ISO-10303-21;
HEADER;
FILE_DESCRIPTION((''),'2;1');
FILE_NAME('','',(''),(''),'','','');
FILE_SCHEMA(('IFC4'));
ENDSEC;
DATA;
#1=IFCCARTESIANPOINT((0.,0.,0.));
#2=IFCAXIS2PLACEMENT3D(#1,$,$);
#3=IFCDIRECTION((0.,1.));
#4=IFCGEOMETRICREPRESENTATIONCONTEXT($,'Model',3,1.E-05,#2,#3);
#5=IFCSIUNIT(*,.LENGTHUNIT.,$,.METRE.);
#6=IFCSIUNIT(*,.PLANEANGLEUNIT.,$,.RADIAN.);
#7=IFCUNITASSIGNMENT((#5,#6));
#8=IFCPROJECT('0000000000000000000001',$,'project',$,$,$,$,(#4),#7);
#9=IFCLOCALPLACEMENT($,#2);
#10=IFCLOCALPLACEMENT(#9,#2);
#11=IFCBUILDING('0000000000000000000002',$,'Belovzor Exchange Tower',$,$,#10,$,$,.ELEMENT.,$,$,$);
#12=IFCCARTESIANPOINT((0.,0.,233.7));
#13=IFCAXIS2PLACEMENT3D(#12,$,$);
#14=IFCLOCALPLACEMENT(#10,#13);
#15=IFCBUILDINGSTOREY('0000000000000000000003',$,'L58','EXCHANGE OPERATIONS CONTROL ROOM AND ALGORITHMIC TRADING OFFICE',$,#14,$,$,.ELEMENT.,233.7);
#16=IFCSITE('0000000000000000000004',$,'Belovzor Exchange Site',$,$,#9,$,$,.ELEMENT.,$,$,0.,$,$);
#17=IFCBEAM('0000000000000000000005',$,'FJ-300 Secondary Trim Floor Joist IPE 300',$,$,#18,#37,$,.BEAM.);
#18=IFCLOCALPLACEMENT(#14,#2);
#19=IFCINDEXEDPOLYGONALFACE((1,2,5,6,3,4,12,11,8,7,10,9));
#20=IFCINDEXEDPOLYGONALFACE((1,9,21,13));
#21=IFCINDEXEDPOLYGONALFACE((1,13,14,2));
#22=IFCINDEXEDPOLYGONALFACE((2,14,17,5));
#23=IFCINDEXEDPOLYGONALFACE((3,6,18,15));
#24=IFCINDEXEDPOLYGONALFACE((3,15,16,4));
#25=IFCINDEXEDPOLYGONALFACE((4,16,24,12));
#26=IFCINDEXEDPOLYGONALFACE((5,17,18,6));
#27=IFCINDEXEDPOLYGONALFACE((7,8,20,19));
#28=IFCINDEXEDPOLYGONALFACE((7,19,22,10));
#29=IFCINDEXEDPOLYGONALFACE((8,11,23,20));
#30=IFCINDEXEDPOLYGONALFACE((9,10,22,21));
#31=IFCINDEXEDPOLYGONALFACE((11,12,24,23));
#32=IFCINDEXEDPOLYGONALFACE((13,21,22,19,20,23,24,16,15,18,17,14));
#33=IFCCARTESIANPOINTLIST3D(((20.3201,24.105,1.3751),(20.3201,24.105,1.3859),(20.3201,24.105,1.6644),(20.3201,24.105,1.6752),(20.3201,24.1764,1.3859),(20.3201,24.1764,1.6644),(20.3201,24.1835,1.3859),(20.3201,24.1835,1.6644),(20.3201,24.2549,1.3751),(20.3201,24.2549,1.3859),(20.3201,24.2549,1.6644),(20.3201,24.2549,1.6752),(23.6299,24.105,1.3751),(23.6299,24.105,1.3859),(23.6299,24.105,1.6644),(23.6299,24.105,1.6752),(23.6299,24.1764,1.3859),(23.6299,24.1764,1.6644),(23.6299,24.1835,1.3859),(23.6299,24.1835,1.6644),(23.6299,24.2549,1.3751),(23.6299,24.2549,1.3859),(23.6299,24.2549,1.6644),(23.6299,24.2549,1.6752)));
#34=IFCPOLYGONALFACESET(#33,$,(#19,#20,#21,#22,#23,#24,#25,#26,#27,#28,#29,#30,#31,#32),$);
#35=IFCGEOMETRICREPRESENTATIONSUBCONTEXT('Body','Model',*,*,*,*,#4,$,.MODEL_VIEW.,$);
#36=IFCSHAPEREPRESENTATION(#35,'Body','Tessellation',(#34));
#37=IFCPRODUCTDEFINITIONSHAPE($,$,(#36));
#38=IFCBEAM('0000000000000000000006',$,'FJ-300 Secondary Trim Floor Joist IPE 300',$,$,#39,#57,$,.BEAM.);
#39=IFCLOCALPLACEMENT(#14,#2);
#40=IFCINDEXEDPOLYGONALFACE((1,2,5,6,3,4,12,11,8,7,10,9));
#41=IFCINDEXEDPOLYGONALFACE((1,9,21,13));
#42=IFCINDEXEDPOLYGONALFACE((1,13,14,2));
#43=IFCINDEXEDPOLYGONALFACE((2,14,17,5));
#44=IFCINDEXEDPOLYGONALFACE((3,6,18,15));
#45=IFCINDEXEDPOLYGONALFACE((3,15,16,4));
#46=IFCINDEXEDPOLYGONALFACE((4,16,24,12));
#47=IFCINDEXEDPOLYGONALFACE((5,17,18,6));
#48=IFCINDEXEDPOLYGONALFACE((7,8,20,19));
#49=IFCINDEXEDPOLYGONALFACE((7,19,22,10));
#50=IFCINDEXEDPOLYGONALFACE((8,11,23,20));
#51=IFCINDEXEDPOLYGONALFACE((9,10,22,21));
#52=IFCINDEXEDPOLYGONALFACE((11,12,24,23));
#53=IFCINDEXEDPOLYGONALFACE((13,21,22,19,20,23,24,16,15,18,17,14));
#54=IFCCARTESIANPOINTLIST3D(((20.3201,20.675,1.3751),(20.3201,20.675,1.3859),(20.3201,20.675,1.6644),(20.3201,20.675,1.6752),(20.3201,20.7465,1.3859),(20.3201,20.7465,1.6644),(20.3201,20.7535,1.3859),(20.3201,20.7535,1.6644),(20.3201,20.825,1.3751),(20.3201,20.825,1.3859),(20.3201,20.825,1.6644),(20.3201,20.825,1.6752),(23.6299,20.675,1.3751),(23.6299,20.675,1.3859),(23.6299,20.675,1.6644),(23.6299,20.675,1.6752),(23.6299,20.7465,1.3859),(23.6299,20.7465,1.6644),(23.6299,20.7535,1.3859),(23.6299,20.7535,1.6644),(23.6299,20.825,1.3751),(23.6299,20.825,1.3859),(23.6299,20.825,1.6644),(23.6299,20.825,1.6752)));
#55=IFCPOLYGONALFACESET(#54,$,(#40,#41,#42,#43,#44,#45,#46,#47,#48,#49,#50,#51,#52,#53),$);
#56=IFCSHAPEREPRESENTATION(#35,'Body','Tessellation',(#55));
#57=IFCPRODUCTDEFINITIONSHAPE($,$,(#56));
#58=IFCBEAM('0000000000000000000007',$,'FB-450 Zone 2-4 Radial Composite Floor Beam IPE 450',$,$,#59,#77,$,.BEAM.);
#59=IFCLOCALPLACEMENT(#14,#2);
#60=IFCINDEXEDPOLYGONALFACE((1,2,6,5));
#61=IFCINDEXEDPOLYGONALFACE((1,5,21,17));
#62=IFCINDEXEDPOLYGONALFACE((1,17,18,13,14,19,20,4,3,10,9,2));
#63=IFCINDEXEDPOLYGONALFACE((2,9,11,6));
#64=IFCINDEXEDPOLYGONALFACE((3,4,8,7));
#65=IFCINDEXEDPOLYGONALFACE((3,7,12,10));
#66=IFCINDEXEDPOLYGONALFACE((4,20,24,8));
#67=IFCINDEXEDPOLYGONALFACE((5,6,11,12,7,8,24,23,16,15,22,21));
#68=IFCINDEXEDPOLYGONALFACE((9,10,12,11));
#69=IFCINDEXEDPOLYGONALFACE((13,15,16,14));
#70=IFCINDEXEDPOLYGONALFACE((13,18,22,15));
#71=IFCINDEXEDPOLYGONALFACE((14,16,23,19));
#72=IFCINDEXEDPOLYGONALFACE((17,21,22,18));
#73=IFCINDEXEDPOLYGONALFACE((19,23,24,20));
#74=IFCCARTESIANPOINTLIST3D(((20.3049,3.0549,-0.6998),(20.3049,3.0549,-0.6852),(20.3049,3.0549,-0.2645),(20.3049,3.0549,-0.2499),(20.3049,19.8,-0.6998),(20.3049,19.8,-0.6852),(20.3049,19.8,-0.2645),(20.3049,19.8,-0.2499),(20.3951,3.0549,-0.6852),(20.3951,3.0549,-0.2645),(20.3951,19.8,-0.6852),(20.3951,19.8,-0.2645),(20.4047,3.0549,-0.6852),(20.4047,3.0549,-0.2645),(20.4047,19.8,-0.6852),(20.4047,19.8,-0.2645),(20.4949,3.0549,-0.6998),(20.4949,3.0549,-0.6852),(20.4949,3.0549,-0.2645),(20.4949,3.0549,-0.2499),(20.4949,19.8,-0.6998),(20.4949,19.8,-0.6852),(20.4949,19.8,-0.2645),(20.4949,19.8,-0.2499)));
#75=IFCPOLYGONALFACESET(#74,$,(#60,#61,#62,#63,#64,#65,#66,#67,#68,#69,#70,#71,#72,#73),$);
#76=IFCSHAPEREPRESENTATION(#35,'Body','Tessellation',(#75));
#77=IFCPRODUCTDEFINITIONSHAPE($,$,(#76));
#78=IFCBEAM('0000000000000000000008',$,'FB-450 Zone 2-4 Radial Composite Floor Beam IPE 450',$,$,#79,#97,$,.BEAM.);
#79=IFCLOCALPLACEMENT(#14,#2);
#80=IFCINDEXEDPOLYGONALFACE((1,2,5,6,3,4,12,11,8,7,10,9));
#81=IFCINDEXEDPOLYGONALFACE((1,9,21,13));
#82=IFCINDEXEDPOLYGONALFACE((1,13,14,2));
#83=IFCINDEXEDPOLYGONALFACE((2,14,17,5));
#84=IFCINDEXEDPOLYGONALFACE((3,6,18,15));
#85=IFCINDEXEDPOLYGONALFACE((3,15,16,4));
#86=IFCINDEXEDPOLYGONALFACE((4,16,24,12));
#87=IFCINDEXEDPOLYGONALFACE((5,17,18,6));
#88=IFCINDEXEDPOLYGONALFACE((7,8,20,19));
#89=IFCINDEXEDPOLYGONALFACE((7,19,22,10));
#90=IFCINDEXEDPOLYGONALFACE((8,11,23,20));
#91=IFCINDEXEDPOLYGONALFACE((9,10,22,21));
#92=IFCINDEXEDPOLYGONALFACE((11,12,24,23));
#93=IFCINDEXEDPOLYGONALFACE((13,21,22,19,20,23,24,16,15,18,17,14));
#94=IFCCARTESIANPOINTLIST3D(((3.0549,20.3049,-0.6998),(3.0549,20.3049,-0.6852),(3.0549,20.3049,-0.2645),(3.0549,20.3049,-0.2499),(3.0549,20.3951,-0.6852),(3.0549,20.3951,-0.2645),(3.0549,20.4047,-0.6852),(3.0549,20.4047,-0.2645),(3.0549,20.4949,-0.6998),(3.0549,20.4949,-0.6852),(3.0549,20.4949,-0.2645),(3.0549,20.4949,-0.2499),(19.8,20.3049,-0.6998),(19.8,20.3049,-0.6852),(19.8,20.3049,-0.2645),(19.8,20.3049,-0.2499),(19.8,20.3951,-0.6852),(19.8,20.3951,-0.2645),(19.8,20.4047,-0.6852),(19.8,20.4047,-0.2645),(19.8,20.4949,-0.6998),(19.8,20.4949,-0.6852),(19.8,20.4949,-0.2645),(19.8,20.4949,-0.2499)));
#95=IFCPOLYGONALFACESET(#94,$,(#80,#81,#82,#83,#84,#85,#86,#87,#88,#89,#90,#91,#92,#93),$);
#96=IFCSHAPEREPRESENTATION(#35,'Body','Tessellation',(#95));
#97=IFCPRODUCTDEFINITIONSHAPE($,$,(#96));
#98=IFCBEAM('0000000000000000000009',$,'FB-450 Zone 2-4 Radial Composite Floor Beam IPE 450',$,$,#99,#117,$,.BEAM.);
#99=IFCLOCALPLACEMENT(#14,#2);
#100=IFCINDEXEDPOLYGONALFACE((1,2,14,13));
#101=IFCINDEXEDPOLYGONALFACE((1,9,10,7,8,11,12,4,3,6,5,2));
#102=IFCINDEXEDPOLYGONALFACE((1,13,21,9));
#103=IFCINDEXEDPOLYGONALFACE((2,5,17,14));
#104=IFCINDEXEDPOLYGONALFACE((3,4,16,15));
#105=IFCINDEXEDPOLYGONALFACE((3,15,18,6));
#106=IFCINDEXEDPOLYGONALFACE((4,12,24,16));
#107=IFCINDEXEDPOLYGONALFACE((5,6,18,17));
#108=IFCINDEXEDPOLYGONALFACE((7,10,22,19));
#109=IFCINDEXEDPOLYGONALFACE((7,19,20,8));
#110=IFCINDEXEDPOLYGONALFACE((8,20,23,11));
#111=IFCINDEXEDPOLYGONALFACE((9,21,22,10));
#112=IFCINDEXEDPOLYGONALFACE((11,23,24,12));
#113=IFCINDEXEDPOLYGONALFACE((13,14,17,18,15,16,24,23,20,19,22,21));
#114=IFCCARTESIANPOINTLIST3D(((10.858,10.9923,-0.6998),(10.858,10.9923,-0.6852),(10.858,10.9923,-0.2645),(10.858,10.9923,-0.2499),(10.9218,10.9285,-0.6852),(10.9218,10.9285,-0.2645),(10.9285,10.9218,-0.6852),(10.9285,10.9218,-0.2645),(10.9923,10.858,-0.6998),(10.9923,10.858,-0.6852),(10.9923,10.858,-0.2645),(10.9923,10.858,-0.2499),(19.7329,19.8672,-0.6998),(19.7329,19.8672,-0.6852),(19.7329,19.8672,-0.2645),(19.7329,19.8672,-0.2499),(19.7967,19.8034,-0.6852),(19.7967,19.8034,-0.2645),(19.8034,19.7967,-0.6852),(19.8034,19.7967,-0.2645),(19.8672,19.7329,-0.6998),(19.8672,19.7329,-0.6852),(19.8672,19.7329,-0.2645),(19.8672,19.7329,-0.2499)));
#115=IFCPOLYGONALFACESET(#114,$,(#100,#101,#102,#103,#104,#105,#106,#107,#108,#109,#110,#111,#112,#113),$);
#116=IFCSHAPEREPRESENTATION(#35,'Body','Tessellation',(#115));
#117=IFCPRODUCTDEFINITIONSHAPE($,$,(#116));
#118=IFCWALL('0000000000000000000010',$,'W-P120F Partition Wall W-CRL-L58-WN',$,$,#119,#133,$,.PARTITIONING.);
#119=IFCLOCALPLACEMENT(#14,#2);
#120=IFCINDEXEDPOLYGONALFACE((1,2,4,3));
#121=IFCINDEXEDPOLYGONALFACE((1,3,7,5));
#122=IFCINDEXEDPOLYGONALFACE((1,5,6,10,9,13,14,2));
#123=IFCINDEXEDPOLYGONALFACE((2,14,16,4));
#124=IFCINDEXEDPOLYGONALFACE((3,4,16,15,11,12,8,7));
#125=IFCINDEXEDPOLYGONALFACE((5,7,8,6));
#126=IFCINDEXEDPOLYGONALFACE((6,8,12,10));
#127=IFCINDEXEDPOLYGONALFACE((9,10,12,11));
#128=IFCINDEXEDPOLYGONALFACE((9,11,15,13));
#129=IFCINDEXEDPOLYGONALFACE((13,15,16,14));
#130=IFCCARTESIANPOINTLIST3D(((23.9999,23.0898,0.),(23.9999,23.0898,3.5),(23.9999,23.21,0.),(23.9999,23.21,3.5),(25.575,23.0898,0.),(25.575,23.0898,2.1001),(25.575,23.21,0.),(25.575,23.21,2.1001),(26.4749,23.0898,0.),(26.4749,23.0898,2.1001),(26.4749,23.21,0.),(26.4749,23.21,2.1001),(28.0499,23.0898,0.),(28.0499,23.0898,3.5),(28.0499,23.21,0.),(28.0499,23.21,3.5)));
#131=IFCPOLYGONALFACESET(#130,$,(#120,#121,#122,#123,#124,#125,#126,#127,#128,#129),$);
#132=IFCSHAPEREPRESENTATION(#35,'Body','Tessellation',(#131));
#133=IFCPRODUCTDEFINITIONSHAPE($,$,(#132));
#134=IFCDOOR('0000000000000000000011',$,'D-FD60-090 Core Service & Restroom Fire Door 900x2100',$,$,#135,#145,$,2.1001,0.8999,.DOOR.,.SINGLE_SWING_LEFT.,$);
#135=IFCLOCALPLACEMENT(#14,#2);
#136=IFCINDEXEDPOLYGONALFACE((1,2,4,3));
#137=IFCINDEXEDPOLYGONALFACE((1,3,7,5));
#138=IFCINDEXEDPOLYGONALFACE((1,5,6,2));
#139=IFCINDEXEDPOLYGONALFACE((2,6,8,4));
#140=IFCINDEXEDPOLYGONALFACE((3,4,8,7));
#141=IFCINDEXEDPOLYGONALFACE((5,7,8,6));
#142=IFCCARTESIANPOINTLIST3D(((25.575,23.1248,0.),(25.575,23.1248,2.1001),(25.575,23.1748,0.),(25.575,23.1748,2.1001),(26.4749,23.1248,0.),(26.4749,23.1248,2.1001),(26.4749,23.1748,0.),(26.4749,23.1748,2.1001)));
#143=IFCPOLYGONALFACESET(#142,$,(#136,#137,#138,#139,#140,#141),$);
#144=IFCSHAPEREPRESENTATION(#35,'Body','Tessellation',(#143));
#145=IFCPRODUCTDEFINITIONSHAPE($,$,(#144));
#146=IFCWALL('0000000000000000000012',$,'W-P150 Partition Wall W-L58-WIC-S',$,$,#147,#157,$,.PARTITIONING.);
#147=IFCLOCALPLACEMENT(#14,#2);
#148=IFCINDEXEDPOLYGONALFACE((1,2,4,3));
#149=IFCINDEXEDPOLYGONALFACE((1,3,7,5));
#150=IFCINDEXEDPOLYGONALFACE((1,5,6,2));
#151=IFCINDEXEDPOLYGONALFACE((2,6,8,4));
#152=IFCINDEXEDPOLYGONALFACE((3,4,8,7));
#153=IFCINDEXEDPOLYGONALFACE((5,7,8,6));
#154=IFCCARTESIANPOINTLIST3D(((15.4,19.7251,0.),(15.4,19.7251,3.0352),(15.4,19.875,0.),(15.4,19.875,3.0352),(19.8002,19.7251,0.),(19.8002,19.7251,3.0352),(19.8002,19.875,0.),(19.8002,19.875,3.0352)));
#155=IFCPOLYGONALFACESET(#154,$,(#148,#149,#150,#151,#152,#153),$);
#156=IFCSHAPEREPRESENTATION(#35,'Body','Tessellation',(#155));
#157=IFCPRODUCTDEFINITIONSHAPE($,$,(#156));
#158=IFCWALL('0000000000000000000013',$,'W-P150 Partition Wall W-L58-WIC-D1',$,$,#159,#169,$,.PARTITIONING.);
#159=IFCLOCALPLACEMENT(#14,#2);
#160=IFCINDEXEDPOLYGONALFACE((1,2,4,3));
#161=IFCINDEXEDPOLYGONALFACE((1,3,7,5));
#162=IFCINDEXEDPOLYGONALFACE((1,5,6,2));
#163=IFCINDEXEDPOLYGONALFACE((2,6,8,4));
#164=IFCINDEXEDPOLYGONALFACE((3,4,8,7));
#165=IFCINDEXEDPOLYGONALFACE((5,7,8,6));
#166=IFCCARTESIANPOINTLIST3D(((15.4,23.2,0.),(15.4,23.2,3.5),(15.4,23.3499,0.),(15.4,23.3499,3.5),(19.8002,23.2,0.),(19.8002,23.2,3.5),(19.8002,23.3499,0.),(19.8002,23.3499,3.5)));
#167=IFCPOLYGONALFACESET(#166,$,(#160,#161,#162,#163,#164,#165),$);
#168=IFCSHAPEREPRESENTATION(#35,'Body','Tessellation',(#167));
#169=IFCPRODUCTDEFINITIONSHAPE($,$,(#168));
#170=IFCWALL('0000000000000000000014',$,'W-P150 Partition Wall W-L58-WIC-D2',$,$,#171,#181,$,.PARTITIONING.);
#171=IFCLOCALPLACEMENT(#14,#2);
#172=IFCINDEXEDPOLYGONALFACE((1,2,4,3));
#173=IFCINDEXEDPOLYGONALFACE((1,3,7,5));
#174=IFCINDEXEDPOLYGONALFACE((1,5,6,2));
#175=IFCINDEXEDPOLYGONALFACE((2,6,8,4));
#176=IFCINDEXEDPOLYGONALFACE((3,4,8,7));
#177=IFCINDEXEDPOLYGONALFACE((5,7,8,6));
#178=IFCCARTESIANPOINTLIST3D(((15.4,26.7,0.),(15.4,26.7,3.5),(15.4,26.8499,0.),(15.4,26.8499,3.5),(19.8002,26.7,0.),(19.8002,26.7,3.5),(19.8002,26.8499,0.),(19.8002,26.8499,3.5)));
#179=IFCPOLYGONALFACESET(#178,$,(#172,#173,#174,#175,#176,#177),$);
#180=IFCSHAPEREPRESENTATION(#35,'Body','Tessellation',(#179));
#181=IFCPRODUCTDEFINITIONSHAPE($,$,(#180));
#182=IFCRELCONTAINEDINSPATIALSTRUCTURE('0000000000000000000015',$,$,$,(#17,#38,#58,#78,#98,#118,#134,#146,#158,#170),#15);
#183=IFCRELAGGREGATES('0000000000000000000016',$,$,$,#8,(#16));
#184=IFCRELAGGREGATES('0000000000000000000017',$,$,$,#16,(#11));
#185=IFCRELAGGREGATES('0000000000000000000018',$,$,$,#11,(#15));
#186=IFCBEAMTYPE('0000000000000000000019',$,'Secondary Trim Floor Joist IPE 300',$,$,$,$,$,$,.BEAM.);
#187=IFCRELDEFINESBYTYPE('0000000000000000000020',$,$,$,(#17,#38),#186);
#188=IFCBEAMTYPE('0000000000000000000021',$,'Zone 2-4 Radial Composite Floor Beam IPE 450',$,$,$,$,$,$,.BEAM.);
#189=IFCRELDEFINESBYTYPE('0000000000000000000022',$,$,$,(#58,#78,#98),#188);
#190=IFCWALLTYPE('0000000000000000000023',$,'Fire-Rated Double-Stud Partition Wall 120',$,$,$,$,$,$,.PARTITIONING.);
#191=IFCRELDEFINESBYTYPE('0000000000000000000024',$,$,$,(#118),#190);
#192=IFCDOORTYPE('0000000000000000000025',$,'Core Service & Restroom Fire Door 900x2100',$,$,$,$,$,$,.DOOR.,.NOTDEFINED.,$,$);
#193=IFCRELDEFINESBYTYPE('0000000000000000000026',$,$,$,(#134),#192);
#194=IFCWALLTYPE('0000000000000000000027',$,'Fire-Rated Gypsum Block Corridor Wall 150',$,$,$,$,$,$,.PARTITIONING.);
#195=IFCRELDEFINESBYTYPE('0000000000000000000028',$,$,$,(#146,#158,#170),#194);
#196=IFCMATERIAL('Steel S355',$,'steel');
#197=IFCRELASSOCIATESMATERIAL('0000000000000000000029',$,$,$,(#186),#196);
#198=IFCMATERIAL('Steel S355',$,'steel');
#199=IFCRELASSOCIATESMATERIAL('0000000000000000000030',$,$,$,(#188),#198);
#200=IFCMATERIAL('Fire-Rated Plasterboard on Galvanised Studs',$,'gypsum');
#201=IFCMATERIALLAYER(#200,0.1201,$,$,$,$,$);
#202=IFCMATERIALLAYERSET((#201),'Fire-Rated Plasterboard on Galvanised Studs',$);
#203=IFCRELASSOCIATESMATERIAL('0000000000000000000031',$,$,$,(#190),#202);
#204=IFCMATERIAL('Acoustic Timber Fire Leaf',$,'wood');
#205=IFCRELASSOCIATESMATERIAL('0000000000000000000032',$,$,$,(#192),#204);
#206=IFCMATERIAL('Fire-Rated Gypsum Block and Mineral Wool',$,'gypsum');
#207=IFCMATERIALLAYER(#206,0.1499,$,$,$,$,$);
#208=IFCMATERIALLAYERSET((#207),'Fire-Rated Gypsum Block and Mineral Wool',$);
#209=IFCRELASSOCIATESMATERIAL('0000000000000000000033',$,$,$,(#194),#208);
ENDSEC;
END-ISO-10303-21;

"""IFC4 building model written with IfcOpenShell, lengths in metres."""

from ifc_helpers import new_model, si_unit, direction, frame, frame_2d, origin, origin_2d, place, context, subcontext, project, spatial, rectangle, i_section, extrude, material, layer, layer_set, material_profile, profile_set, type_object, element, fill, save


model = new_model("IFC4")

# Units and contexts
model_context = context("Model", 3, precision=1e-05, world=origin(), true_north=direction((0.0, 1.0)))
body_context = subcontext(model_context, "Body", "Model", "MODEL_VIEW")
ifc_project = project(units=[si_unit("LENGTHUNIT", "METRE"), si_unit("PLANEANGLEUNIT", "RADIAN")], contexts=[model_context])

# Site, building, storey
site_placement = place(None, origin())
site = spatial("IfcSite", under=ifc_project, at=site_placement, Name="Belovzor Exchange Site", CompositionType="ELEMENT", RefElevation=0.0)
building_placement = place(site_placement, origin())
building = spatial("IfcBuilding", under=site, at=building_placement, Name="Belovzor Exchange Tower", CompositionType="ELEMENT")
storey_placement = place(building_placement, frame((0.0, 0.0, 233.7)))
storey = spatial("IfcBuildingStorey", under=building, at=storey_placement, Name="L58", Description="EXCHANGE OPERATIONS CONTROL ROOM AND ALGORITHMIC TRADING OFFICE", CompositionType="ELEMENT", Elevation=233.7)

# Beams
ifc_material_1 = material(Name="Steel S355", Category="steel")
ifc_material_profile_1 = material_profile(ifc_material_1, i_section(OverallWidth=0.1499, OverallDepth=0.3, WebThickness=0.0071, FlangeThickness=0.0107, at=origin_2d()))
ifc_profile_set_1 = profile_set([ifc_material_profile_1], Name="Steel S355")
beam_type_1 = type_object("IfcBeamType", Name="Secondary Trim Floor Joist IPE 300", PredefinedType="BEAM", material=ifc_profile_set_1)
for number, where, z_axis, x_axis, name in (
    (1, (20.3201, 24.1799, 1.5251), (1.0, 0.0, 0.0), (0.0, 1.0, 0.0), "FJ-300 Secondary Trim Floor Joist IPE 300"),
    (2, (20.3201, 20.75, 1.5251), (1.0, 0.0, 0.0), (0.0, 1.0, 0.0), "FJ-300 Secondary Trim Floor Joist IPE 300"),
):
    element("IfcBeam", number, at=place(storey_placement, frame(where, z_axis=z_axis, x_axis=x_axis)), inside=storey, type_object=beam_type_1, Name=name, PredefinedType="BEAM", context=body_context, shape_type="SweptSolid", body=[
        extrude(i_section(OverallWidth=0.1499, OverallDepth=0.3, WebThickness=0.0071, FlangeThickness=0.0107, at=origin_2d()), origin(), (0.0, 0.0, 1.0), 3.3098),
    ])
ifc_material_2 = material(Name="Steel S355", Category="steel")
ifc_material_profile_2 = material_profile(ifc_material_2, i_section(OverallWidth=0.1899, OverallDepth=0.45, WebThickness=0.0095, FlangeThickness=0.0146, at=origin_2d()))
ifc_profile_set_2 = profile_set([ifc_material_profile_2], Name="Steel S355")
beam_type_2 = type_object("IfcBeamType", Name="Zone 2-4 Radial Composite Floor Beam IPE 450", PredefinedType="BEAM", material=ifc_profile_set_2)
for number, where, z_axis, x_axis, name in (
    (3, (20.3999, 19.8, -0.4749), (0.0, -1.0, 0.0), (1.0, 0.0, 0.0), "FB-450 Zone 2-4 Radial Composite Floor Beam IPE 450"),
    (4, (19.8, 20.3999, -0.4749), (-1.0, 0.0, 0.0), (0.0, -1.0, 0.0), "FB-450 Zone 2-4 Radial Composite Floor Beam IPE 450"),
):
    element("IfcBeam", number, at=place(storey_placement, frame(where, z_axis=z_axis, x_axis=x_axis)), inside=storey, type_object=beam_type_2, Name=name, PredefinedType="BEAM", context=body_context, shape_type="SweptSolid", body=[
        extrude(i_section(OverallWidth=0.1899, OverallDepth=0.45, WebThickness=0.0095, FlangeThickness=0.0146, at=origin_2d()), origin(), (0.0, 0.0, 1.0), 16.7451),
    ])
beam_placement = place(storey_placement, frame((19.8, 19.8, -0.4749), z_axis=(-0.707107, -0.707107, 0.0), x_axis=(0.707107, -0.707107, 0.0)))
element("IfcBeam", 5, at=beam_placement, inside=storey, type_object=beam_type_2, Name="FB-450 Zone 2-4 Radial Composite Floor Beam IPE 450", PredefinedType="BEAM", context=body_context, shape_type="SweptSolid", body=[
    extrude(i_section(OverallWidth=0.1899, OverallDepth=0.45, WebThickness=0.0095, FlangeThickness=0.0146, at=origin_2d()), origin(), (0.0, 0.0, 1.0), 12.551),
])

# Wall, opening, door
ifc_material_3 = material(Name="Fire-Rated Plasterboard on Galvanised Studs", Category="gypsum")
ifc_layer_1 = layer(ifc_material_3, 0.1201)
ifc_layer_set_1 = layer_set([ifc_layer_1], Name="Fire-Rated Plasterboard on Galvanised Studs")
wall_type_1 = type_object("IfcWallType", Name="Fire-Rated Double-Stud Partition Wall 120", PredefinedType="PARTITIONING", material=ifc_layer_set_1)
wall_1_placement = place(storey_placement, frame((24.0, 23.1499, 0.0), z_axis=(0.0, 0.0, 1.0), x_axis=(1.0, 0.0, 0.0)))
wall_1 = element("IfcWall", 6, at=wall_1_placement, inside=storey, type_object=wall_type_1, Name="W-P120F Partition Wall W-CRL-L58-WN", PredefinedType="PARTITIONING", context=body_context, shape_type="SweptSolid", body=[
    extrude(rectangle(XDim=4.05, YDim=0.1201, at=frame_2d((2.0249, 0.0))), origin(), (0.0, 0.0, 1.0), 3.5),
])
opening_1_placement = place(wall_1_placement, frame((1.575, 0.0, 0.0)))
opening_1 = element("IfcOpeningElement", 7, at=opening_1_placement, cuts=wall_1, PredefinedType="OPENING", context=body_context, shape_type="SweptSolid", body=[
    extrude(rectangle(XDim=0.8999, YDim=2.1001, at=frame_2d((0.45, 1.05))), frame((0.0, 0.0701, 0.0), z_axis=(0.0, -1.0, 0.0), x_axis=(1.0, 0.0, 0.0)), (0.0, 0.0, 1.0), 0.1401),
])
ifc_material_4 = material(Name="Acoustic Timber Fire Leaf", Category="wood")
door_type_1 = type_object("IfcDoorType", Name="Core Service & Restroom Fire Door 900x2100", OperationType="NOTDEFINED", PredefinedType="DOOR", material=ifc_material_4)
door_1_placement = place(opening_1_placement, origin())
door_1 = element("IfcDoor", 8, at=door_1_placement, inside=storey, type_object=door_type_1, Name="D-FD60-090 Core Service & Restroom Fire Door 900x2100", OperationType="SINGLE_SWING_LEFT", OverallHeight=2.1001, OverallWidth=0.8999, PredefinedType="DOOR", context=body_context, shape_type="SweptSolid", body=[
    extrude(rectangle(XDim=0.8999, YDim=2.1001, at=frame_2d((0.45, 1.05))), frame((0.0, 0.0249, 0.0), z_axis=(0.0, -1.0, 0.0), x_axis=(1.0, 0.0, 0.0)), (0.0, 0.0, 1.0), 0.05),
])
fill(opening_1, door_1)

# Walls
ifc_material_5 = material(Name="Fire-Rated Gypsum Block and Mineral Wool", Category="gypsum")
ifc_layer_2 = layer(ifc_material_5, 0.1499)
ifc_layer_set_2 = layer_set([ifc_layer_2], Name="Fire-Rated Gypsum Block and Mineral Wool")
wall_type_2 = type_object("IfcWallType", Name="Fire-Rated Gypsum Block Corridor Wall 150", PredefinedType="PARTITIONING", material=ifc_layer_set_2)
wall_2_placement = place(storey_placement, frame((15.3999, 19.8, 0.0), z_axis=(0.0, 0.0, 1.0), x_axis=(1.0, 0.0, 0.0)))
element("IfcWall", 9, at=wall_2_placement, inside=storey, type_object=wall_type_2, Name="W-P150 Partition Wall W-L58-WIC-S", PredefinedType="PARTITIONING", context=body_context, shape_type="SweptSolid", body=[
    extrude(rectangle(XDim=4.4001, YDim=0.1499, at=frame_2d((2.2002, 0.0))), origin(), (0.0, 0.0, 1.0), 3.0352),
])
for number, where, z_axis, x_axis, name in (
    (10, (15.3999, 23.2749, 0.0), (0.0, 0.0, 1.0), (1.0, 0.0, 0.0), "W-P150 Partition Wall W-L58-WIC-D1"),
    (11, (15.3999, 26.7749, 0.0), (0.0, 0.0, 1.0), (1.0, 0.0, 0.0), "W-P150 Partition Wall W-L58-WIC-D2"),
):
    element("IfcWall", number, at=place(storey_placement, frame(where, z_axis=z_axis, x_axis=x_axis)), inside=storey, type_object=wall_type_2, Name=name, PredefinedType="PARTITIONING", context=body_context, shape_type="SweptSolid", body=[
        extrude(rectangle(XDim=4.4001, YDim=0.1499, at=frame_2d((2.2002, 0.0))), origin(), (0.0, 0.0, 1.0), 3.5),
    ])

save(model, "model.ifc")
